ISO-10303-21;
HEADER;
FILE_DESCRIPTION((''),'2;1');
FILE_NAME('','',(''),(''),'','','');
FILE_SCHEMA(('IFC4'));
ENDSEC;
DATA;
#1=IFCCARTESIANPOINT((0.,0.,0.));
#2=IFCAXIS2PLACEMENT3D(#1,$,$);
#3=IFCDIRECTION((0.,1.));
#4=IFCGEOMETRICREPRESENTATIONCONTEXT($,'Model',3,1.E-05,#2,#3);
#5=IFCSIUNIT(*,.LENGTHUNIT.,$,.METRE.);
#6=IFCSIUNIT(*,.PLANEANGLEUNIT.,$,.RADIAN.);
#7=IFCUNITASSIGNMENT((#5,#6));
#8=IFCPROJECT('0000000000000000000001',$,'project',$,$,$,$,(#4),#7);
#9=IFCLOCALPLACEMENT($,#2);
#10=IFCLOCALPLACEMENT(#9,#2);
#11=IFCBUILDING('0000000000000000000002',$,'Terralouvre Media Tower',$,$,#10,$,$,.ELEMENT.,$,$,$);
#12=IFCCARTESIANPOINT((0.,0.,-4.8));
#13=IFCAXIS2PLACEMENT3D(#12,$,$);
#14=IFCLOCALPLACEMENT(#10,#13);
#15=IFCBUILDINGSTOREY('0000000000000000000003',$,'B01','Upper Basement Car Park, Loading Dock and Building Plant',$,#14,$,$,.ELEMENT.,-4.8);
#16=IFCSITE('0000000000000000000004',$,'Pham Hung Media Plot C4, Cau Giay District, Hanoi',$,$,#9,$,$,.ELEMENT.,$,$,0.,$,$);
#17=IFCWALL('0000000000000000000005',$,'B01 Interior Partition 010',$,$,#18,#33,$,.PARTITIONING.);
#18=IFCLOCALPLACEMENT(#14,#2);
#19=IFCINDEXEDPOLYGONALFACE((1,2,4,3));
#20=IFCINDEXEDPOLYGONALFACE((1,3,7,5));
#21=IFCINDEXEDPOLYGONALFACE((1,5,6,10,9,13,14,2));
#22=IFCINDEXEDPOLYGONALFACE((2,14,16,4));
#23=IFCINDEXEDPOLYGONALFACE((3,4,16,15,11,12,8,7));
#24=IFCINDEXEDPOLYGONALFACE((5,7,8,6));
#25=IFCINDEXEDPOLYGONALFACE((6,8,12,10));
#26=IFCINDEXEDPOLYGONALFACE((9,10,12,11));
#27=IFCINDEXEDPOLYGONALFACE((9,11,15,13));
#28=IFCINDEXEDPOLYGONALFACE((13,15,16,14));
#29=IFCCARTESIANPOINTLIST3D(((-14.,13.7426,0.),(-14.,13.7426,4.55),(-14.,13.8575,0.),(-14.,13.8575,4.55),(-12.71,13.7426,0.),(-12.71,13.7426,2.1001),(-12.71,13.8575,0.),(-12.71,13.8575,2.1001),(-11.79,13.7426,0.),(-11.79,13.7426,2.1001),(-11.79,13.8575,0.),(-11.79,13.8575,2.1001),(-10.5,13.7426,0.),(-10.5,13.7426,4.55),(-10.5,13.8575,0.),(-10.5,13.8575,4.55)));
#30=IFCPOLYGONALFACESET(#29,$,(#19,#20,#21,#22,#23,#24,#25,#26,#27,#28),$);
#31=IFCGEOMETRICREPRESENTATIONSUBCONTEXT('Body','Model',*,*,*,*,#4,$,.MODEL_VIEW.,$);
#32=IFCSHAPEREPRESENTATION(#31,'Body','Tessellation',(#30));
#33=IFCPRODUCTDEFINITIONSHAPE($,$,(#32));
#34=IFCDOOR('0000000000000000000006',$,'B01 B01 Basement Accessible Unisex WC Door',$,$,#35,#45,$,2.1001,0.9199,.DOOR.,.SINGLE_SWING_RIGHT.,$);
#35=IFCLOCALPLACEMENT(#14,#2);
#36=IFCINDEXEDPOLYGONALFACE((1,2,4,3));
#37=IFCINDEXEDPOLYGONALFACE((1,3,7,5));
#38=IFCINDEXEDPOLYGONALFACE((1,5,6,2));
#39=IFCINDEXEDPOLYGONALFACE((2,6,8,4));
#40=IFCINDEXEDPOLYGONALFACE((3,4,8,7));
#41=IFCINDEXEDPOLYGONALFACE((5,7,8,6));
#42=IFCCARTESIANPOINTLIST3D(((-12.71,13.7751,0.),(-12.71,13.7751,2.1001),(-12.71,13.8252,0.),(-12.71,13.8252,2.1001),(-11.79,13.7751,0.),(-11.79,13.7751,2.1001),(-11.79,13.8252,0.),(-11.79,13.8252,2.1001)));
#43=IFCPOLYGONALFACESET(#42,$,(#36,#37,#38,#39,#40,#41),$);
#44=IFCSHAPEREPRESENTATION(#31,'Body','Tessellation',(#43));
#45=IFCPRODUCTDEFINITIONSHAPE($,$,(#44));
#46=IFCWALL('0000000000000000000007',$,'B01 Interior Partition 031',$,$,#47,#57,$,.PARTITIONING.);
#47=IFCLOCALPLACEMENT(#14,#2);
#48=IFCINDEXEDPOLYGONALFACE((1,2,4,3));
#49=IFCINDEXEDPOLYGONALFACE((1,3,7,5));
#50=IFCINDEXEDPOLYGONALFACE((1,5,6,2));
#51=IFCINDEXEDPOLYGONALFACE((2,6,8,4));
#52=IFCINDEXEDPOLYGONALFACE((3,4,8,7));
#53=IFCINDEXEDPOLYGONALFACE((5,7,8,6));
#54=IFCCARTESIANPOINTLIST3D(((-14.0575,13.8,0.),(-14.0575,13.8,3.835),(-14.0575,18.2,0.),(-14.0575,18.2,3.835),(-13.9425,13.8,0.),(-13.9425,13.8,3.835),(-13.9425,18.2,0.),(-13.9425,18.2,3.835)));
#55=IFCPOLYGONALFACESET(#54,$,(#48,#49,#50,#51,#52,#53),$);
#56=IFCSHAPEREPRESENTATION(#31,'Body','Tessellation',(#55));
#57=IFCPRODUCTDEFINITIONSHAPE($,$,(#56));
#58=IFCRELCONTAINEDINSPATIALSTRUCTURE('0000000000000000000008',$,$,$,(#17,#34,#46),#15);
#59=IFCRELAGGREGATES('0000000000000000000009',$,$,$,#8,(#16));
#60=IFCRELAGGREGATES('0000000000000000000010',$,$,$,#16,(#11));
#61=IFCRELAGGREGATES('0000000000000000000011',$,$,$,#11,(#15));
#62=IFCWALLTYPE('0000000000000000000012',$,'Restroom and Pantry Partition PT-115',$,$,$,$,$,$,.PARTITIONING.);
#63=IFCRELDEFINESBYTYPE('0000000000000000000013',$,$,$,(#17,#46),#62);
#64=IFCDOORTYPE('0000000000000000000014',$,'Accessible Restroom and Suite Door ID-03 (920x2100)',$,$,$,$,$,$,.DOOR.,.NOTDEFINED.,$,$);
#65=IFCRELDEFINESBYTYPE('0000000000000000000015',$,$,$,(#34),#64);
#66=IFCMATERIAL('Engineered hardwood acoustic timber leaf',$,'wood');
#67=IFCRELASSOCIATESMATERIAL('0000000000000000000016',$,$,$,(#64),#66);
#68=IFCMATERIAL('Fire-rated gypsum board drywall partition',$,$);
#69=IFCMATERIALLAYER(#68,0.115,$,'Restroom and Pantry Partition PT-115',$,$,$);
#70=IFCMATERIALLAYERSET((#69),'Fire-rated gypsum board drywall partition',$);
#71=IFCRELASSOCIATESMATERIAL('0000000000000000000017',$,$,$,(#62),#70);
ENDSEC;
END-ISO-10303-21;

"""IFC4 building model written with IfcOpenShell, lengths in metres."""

from ifc_helpers import new_model, si_unit, direction, frame, frame_2d, origin, place, context, subcontext, project, spatial, rectangle, extrude, material, layer, layer_set, type_object, element, fill, save


model = new_model("IFC4")

# Units and contexts
model_context = context("Model", 3, precision=1e-05, world=origin(), true_north=direction((0.0, 1.0)))
body_context = subcontext(model_context, "Body", "Model", "MODEL_VIEW")
ifc_project = project(units=[si_unit("LENGTHUNIT", "METRE"), si_unit("PLANEANGLEUNIT", "RADIAN")], contexts=[model_context])

# Site, building, storey
site_placement = place(None, origin())
site = spatial("IfcSite", under=ifc_project, at=site_placement, Name="Pham Hung Media Plot C4, Cau Giay District, Hanoi", CompositionType="ELEMENT", RefElevation=0.0)
building_placement = place(site_placement, origin())
building = spatial("IfcBuilding", under=site, at=building_placement, Name="Terralouvre Media Tower", CompositionType="ELEMENT")
storey_placement = place(building_placement, frame((0.0, 0.0, -4.8)))
storey = spatial("IfcBuildingStorey", under=building, at=storey_placement, Name="B01", Description="Upper Basement Car Park, Loading Dock and Building Plant", CompositionType="ELEMENT", Elevation=-4.8)

# Shared definitions
ifc_material_1 = material(Name="Engineered hardwood acoustic timber leaf", Category="wood")
door_type_1 = type_object("IfcDoorType", Name="Accessible Restroom and Suite Door ID-03 (920x2100)", OperationType="NOTDEFINED", PredefinedType="DOOR", material=ifc_material_1)

# Wall, opening, door
ifc_material_2 = material(Name="Fire-rated gypsum board drywall partition")
ifc_layer_1 = layer(ifc_material_2, 0.115, Name="Restroom and Pantry Partition PT-115")
ifc_layer_set_1 = layer_set([ifc_layer_1], Name="Fire-rated gypsum board drywall partition")
wall_type_1 = type_object("IfcWallType", Name="Restroom and Pantry Partition PT-115", PredefinedType="PARTITIONING", material=ifc_layer_set_1)
wall_1_placement = place(storey_placement, frame((-10.5, 13.8, 0.0), z_axis=(0.0, 0.0, 1.0), x_axis=(-1.0, 0.0, 0.0)))
wall_1 = element("IfcWall", 1, at=wall_1_placement, inside=storey, type_object=wall_type_1, Name="B01 Interior Partition 010", PredefinedType="PARTITIONING", context=body_context, shape_type="SweptSolid", body=[
    extrude(rectangle(XDim=3.5, YDim=0.115, at=frame_2d((1.75, 0.0))), origin(), (0.0, 0.0, 1.0), 4.55),
])
opening_1_placement = place(wall_1_placement, frame((1.29, 0.0, 0.0)))
opening_1 = element("IfcOpeningElement", 2, at=opening_1_placement, cuts=wall_1, PredefinedType="OPENING", context=body_context, shape_type="SweptSolid", body=[
    extrude(rectangle(XDim=0.9199, YDim=2.1001, at=frame_2d((0.46, 1.05))), frame((0.0, 0.0674, 0.0), z_axis=(0.0, -1.0, 0.0), x_axis=(1.0, 0.0, 0.0)), (0.0, 0.0, 1.0), 0.135),
])
door_1_placement = place(opening_1_placement, origin())
door_1 = element("IfcDoor", 3, at=door_1_placement, inside=storey, type_object=door_type_1, Name="B01 B01 Basement Accessible Unisex WC Door", OperationType="SINGLE_SWING_RIGHT", OverallHeight=2.1001, OverallWidth=0.9199, PredefinedType="DOOR", context=body_context, shape_type="SweptSolid", body=[
    extrude(rectangle(XDim=0.9199, YDim=2.1001, at=frame_2d((0.46, 1.05))), frame((0.0, 0.0249, 0.0), z_axis=(0.0, -1.0, 0.0), x_axis=(1.0, 0.0, 0.0)), (0.0, 0.0, 1.0), 0.05),
])
fill(opening_1, door_1)

# Wall
wall_2_placement = place(storey_placement, frame((-14.0, 18.2, 0.0), z_axis=(0.0, 0.0, 1.0), x_axis=(0.0, -1.0, 0.0)))
element("IfcWall", 4, at=wall_2_placement, inside=storey, type_object=wall_type_1, Name="B01 Interior Partition 031", PredefinedType="PARTITIONING", context=body_context, shape_type="SweptSolid", body=[
    extrude(rectangle(XDim=4.3999, YDim=0.115, at=frame_2d((2.2, 0.0))), origin(), (0.0, 0.0, 1.0), 3.835),
])

save(model, "model.ifc")
